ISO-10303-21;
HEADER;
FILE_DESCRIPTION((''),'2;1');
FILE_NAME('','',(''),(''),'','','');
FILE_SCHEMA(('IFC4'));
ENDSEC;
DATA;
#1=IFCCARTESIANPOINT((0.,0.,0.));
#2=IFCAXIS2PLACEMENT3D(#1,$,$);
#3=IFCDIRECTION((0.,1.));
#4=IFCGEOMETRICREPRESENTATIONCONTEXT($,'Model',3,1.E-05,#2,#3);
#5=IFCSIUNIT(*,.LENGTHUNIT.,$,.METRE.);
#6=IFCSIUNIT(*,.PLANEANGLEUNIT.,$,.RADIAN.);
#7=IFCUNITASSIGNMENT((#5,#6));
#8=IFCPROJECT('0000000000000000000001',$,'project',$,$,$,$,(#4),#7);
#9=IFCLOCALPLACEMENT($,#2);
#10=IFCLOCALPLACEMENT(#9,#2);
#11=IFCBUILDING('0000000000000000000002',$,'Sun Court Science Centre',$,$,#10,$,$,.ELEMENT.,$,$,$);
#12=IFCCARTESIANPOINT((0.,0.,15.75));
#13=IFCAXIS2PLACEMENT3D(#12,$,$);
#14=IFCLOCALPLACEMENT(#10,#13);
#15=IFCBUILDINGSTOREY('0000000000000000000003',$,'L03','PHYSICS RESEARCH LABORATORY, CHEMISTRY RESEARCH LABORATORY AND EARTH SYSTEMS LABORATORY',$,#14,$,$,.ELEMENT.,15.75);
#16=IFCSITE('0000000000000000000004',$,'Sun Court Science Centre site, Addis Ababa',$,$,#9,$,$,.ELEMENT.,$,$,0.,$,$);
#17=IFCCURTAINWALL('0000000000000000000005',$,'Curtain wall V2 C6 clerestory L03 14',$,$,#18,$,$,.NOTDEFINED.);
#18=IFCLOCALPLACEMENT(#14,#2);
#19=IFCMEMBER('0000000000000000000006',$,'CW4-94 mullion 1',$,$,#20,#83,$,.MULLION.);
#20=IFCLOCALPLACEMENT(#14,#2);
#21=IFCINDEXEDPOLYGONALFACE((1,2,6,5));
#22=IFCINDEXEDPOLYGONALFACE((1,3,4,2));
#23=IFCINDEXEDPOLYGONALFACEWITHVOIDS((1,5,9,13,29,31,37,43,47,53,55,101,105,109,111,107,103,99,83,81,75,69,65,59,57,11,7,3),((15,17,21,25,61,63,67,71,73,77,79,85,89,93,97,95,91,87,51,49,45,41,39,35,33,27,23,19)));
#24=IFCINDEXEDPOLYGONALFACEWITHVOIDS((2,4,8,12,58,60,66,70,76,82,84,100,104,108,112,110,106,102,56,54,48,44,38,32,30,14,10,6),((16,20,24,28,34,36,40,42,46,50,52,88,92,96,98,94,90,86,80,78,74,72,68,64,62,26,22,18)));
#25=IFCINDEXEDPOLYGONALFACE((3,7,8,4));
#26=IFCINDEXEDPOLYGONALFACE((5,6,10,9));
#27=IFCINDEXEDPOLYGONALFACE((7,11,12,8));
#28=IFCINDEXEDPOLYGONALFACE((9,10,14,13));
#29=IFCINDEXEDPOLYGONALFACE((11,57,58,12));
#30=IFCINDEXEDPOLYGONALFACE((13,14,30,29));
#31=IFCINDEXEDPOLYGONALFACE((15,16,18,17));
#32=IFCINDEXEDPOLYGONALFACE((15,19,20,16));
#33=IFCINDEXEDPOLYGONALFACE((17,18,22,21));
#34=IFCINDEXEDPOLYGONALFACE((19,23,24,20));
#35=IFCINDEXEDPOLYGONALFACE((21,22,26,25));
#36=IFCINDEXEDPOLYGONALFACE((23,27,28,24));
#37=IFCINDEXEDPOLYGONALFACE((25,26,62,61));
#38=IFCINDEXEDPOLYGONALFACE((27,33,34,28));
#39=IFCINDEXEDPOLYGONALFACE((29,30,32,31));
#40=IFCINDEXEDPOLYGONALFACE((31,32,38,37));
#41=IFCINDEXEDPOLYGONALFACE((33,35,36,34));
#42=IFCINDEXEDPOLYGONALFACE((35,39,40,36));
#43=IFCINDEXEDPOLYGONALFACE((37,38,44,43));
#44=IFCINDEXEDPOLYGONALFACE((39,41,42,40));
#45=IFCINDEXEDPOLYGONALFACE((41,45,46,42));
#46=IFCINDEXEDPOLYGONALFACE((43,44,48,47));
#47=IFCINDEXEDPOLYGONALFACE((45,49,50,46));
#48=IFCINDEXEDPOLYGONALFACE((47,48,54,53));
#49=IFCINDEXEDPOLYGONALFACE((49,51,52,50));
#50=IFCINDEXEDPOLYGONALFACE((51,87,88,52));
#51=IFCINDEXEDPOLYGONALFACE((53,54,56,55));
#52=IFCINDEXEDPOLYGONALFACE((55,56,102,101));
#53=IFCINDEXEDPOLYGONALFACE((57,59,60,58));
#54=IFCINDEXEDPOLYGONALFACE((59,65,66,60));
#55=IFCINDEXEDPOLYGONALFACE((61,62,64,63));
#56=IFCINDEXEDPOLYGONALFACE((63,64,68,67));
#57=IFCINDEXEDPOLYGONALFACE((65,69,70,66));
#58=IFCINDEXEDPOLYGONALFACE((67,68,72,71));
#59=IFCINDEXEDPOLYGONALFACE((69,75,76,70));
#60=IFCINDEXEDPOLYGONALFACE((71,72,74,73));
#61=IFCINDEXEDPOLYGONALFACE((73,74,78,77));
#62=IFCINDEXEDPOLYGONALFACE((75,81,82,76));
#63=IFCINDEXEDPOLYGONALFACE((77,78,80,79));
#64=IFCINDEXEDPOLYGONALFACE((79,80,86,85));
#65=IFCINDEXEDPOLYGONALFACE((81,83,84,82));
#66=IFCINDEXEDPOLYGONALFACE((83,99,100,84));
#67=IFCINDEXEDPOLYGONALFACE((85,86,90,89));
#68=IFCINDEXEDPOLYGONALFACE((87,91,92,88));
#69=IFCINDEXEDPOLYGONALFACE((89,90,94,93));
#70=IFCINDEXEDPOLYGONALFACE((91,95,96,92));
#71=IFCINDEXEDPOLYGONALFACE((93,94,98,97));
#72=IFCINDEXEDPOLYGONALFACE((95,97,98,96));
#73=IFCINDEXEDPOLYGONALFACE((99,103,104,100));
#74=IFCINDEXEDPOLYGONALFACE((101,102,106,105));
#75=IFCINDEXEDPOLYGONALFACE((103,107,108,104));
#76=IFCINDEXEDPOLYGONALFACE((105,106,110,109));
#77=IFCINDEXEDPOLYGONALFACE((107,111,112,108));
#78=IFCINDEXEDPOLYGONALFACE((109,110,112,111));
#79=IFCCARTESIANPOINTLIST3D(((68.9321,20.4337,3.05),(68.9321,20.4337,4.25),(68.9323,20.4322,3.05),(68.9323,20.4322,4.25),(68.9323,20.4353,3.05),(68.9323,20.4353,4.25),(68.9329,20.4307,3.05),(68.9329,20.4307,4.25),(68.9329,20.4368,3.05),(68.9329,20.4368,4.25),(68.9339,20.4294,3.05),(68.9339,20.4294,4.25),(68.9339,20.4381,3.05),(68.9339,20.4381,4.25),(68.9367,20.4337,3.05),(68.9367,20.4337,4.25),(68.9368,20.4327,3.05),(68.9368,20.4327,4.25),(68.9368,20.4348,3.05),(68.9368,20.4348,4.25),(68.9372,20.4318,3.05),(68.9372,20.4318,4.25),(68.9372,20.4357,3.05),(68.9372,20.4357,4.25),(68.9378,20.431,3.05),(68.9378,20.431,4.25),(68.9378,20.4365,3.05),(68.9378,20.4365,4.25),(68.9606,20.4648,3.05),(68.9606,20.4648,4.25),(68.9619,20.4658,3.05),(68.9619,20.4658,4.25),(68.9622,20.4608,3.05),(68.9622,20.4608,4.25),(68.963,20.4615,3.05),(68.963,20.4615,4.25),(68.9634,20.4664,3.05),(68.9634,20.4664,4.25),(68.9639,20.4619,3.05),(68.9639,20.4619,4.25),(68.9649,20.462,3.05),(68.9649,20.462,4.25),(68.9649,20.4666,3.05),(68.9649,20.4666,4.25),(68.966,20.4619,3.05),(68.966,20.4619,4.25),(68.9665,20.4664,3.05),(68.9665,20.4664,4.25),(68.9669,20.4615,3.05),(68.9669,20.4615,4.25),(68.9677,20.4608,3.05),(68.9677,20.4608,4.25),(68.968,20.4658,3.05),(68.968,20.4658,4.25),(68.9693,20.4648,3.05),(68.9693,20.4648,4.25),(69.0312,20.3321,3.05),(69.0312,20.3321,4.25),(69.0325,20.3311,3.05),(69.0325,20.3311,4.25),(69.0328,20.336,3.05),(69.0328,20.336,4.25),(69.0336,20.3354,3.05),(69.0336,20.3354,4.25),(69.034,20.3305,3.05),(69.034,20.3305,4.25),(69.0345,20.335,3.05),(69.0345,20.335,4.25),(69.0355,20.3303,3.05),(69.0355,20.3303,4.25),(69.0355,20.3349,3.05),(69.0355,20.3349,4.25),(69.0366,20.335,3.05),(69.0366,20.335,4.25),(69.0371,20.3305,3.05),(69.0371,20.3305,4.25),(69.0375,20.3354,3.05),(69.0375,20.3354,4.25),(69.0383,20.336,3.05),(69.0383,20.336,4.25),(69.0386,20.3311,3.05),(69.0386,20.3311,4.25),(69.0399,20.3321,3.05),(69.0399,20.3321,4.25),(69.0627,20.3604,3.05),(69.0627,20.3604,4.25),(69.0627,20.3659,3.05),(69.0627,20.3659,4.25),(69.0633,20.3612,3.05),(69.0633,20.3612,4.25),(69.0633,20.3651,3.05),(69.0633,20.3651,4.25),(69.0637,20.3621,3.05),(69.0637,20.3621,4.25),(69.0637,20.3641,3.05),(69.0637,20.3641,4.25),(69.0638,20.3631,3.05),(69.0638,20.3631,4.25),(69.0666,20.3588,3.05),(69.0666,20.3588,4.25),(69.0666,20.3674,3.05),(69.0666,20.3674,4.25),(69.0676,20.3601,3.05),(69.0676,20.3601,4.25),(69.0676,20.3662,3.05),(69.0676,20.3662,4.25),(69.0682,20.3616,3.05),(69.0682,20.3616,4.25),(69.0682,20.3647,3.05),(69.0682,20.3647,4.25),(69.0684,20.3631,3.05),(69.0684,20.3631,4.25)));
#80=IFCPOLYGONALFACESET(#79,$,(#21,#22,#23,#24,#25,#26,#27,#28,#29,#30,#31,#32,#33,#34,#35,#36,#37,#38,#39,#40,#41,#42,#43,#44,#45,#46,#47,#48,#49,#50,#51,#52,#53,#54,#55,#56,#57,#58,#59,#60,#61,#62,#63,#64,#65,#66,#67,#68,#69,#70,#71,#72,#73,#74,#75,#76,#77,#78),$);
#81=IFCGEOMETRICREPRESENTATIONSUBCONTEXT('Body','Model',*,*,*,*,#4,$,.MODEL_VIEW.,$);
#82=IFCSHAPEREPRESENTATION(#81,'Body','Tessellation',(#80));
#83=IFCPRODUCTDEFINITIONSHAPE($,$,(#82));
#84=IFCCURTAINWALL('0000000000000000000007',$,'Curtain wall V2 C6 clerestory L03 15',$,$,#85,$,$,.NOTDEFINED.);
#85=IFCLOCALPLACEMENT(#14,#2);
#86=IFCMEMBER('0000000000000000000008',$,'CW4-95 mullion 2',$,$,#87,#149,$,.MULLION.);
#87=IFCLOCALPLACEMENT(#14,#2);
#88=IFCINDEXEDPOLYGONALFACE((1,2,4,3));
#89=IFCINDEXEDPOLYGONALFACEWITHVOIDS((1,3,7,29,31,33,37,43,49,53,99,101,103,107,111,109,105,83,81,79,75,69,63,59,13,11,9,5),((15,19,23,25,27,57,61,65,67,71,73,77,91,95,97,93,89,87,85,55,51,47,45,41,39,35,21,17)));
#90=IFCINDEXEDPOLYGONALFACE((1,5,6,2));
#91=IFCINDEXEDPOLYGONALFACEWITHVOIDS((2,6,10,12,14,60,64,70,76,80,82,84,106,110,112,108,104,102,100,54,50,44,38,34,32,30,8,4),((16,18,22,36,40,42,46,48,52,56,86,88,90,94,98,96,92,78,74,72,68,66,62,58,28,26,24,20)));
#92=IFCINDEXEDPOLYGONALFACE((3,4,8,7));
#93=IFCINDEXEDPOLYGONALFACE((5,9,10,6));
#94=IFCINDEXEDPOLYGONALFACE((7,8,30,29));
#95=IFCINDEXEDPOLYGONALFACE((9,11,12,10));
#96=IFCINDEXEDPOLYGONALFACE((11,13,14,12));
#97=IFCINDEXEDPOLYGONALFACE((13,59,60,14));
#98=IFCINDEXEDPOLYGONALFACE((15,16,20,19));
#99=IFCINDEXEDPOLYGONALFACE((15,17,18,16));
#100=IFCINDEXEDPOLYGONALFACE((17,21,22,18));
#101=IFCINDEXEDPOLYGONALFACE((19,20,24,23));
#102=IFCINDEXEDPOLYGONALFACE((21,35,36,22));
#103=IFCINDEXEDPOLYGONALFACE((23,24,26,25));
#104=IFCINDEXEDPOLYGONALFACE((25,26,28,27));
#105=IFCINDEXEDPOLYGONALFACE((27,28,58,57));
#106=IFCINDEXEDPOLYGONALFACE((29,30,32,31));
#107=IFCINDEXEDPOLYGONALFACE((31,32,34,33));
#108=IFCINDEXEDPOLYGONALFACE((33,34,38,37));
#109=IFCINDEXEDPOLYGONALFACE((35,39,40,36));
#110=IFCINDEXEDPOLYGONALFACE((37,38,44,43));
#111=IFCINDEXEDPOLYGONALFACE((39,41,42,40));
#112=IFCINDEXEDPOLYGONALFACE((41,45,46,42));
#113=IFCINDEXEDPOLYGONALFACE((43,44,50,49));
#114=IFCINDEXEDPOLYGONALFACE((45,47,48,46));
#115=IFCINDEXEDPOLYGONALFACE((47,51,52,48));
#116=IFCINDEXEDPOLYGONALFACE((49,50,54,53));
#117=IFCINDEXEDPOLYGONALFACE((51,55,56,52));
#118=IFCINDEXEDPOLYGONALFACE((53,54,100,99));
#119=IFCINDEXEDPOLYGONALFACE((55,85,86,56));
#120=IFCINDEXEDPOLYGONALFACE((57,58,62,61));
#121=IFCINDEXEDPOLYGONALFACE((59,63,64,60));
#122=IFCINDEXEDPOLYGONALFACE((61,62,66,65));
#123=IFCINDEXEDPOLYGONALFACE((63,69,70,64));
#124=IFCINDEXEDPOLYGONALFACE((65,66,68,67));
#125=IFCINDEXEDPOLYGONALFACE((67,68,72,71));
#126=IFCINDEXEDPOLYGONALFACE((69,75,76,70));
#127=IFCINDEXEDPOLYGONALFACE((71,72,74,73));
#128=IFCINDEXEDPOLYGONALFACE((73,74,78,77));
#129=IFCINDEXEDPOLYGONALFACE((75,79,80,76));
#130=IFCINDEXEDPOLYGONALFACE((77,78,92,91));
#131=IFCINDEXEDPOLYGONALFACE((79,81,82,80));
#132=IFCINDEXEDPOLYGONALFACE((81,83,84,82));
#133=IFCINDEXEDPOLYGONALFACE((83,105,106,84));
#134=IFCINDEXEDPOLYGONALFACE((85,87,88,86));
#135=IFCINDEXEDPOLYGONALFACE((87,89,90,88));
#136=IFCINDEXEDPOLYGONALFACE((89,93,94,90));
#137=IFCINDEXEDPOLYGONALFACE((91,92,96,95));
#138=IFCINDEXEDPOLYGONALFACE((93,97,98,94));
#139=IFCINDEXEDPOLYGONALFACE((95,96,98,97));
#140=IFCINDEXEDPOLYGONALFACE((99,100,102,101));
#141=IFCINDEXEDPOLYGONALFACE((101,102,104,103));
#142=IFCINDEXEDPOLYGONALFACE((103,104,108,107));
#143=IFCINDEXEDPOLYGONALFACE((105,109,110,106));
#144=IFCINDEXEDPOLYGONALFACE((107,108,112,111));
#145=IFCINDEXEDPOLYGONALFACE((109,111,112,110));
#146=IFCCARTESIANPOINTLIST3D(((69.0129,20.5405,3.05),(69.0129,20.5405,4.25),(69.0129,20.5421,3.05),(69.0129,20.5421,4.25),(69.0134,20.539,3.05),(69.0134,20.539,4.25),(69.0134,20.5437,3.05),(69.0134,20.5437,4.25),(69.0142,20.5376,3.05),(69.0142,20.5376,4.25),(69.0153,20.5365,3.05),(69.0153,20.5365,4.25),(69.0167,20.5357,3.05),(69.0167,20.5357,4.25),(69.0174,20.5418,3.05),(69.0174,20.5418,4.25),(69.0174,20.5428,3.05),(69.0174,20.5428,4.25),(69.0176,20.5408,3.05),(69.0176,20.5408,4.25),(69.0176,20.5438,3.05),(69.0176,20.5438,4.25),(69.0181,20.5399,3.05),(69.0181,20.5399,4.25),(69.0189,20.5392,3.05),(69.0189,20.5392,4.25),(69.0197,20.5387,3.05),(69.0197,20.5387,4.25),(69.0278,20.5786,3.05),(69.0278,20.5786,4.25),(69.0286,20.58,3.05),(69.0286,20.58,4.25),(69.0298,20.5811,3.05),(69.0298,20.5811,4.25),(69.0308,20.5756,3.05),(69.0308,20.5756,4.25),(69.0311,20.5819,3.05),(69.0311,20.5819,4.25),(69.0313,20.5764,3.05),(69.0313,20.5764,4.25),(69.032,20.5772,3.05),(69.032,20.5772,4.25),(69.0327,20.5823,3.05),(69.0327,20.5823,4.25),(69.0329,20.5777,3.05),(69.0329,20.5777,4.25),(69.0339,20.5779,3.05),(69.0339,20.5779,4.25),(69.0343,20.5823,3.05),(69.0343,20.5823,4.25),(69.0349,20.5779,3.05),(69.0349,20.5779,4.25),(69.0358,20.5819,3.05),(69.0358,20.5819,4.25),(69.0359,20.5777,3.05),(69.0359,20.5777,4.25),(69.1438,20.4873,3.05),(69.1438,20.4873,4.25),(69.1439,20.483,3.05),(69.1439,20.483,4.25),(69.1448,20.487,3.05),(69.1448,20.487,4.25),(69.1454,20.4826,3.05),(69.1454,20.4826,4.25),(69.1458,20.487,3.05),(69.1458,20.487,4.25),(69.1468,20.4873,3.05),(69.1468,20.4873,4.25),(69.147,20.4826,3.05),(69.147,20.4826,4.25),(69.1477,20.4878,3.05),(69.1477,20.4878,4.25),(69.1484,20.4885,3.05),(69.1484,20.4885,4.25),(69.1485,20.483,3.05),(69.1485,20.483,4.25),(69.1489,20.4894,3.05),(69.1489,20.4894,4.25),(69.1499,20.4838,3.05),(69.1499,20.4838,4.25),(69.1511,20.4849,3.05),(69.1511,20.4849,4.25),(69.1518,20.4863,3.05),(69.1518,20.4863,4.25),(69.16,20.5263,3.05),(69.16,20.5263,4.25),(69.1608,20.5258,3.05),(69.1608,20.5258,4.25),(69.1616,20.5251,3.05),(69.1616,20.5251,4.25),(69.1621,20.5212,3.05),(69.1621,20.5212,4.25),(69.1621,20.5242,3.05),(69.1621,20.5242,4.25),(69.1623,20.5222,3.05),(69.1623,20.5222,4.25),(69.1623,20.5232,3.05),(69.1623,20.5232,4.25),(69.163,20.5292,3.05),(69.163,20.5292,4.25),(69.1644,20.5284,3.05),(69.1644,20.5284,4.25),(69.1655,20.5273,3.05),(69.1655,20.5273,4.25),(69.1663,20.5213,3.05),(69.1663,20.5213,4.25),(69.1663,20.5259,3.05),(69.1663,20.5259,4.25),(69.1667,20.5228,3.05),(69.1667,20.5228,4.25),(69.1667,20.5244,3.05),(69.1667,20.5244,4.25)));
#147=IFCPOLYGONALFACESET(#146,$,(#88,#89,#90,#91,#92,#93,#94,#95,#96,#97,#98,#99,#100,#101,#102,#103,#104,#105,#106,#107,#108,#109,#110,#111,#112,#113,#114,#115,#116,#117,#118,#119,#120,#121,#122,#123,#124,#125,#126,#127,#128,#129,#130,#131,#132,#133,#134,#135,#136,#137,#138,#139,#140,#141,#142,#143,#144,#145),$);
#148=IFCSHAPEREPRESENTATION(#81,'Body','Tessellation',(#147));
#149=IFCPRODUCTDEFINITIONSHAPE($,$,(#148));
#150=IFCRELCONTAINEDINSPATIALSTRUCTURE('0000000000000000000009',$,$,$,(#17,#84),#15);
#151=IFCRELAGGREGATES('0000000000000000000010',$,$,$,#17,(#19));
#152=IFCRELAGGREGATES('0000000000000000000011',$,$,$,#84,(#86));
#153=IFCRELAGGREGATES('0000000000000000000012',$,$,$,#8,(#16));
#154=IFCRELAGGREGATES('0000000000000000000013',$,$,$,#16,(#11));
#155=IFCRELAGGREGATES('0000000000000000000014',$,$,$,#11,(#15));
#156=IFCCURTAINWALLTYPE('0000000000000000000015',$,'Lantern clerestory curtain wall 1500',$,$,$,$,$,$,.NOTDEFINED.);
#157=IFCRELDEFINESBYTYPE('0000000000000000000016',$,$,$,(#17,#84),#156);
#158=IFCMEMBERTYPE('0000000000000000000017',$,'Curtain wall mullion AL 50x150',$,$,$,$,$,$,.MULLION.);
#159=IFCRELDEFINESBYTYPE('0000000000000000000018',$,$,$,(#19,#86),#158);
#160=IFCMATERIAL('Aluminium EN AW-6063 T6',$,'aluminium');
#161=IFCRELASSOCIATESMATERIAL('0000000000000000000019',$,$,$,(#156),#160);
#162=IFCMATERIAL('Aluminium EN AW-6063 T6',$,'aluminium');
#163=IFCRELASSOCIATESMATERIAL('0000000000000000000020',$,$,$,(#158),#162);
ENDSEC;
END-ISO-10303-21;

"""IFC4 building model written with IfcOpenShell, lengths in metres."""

from ifc_helpers import new_model, si_unit, direction, frame, origin, origin_2d, place, context, subcontext, project, spatial, hollow_rectangle, extrude, material, material_profile, profile_set, type_object, element, aggregate, save


model = new_model("IFC4")

# Units and contexts
model_context = context("Model", 3, precision=1e-05, world=origin(), true_north=direction((0.0, 1.0)))
body_context = subcontext(model_context, "Body", "Model", "MODEL_VIEW")
ifc_project = project(units=[si_unit("LENGTHUNIT", "METRE"), si_unit("PLANEANGLEUNIT", "RADIAN")], contexts=[model_context])

# Site, building, storey
site_placement = place(None, origin())
site = spatial("IfcSite", under=ifc_project, at=site_placement, Name="Sun Court Science Centre site, Addis Ababa", CompositionType="ELEMENT", RefElevation=0.0)
building_placement = place(site_placement, origin())
building = spatial("IfcBuilding", under=site, at=building_placement, Name="Sun Court Science Centre", CompositionType="ELEMENT")
storey_placement = place(building_placement, frame((0.0, 0.0, 15.75)))
storey = spatial("IfcBuildingStorey", under=building, at=storey_placement, Name="L03", Description="PHYSICS RESEARCH LABORATORY, CHEMISTRY RESEARCH LABORATORY AND EARTH SYSTEMS LABORATORY", CompositionType="ELEMENT", Elevation=15.75)

# Shared definitions
ifc_material_1 = material(Name="Aluminium EN AW-6063 T6", Category="aluminium")
curtain_wall_type_1 = type_object("IfcCurtainWallType", Name="Lantern clerestory curtain wall 1500", PredefinedType="NOTDEFINED", material=ifc_material_1)
ifc_material_2 = material(Name="Aluminium EN AW-6063 T6", Category="aluminium")
ifc_material_profile_1 = material_profile(ifc_material_2, hollow_rectangle(XDim=0.05, YDim=0.1499, WallThickness=0.0039, InnerFilletRadius=0.0039, OuterFilletRadius=0.0061, at=origin_2d()), Name="AL 50x150x4")
ifc_profile_set_1 = profile_set([ifc_material_profile_1], Name="Aluminium EN AW-6063 T6")
member_type_1 = type_object("IfcMemberType", Name="Curtain wall mullion AL 50x150", PredefinedType="MULLION", material=ifc_profile_set_1)

# Curtain walls, members
curtain_wall_1_placement = place(storey_placement, origin())
curtain_wall_1 = element("IfcCurtainWall", 1, at=curtain_wall_1_placement, inside=storey, type_object=curtain_wall_type_1, Name="Curtain wall V2 C6 clerestory L03 14", PredefinedType="NOTDEFINED")
member_1_placement = place(storey_placement, frame((69.0002, 20.3984, 3.05), z_axis=(0.0, 0.0, 1.0), x_axis=(-0.707107, -0.707107, 0.0)))
member_1 = element("IfcMember", 2, at=member_1_placement, type_object=member_type_1, Name="CW4-94 mullion 1", PredefinedType="MULLION", context=body_context, shape_type="SweptSolid", body=[
    extrude(hollow_rectangle(XDim=0.05, YDim=0.1499, WallThickness=0.0039, InnerFilletRadius=0.0039, OuterFilletRadius=0.0061, at=origin_2d()), origin(), (0.0, 0.0, 1.0), 1.2),
])
curtain_wall_2_placement = place(storey_placement, origin())
curtain_wall_2 = element("IfcCurtainWall", 3, at=curtain_wall_2_placement, inside=storey, type_object=curtain_wall_type_1, Name="Curtain wall V2 C6 clerestory L03 15", PredefinedType="NOTDEFINED")
member_2_placement = place(storey_placement, frame((69.0898, 20.5325, 3.05), z_axis=(0.0, 0.0, 1.0), x_axis=(-0.382683, -0.92388, 0.0)))
member_2 = element("IfcMember", 4, at=member_2_placement, type_object=member_type_1, Name="CW4-95 mullion 2", PredefinedType="MULLION", context=body_context, shape_type="SweptSolid", body=[
    extrude(hollow_rectangle(XDim=0.05, YDim=0.1499, WallThickness=0.0039, InnerFilletRadius=0.0039, OuterFilletRadius=0.0061, at=origin_2d()), origin(), (0.0, 0.0, 1.0), 1.2),
])

aggregate(curtain_wall_1, [member_1])
aggregate(curtain_wall_2, [member_2])

save(model, "model.ifc")
